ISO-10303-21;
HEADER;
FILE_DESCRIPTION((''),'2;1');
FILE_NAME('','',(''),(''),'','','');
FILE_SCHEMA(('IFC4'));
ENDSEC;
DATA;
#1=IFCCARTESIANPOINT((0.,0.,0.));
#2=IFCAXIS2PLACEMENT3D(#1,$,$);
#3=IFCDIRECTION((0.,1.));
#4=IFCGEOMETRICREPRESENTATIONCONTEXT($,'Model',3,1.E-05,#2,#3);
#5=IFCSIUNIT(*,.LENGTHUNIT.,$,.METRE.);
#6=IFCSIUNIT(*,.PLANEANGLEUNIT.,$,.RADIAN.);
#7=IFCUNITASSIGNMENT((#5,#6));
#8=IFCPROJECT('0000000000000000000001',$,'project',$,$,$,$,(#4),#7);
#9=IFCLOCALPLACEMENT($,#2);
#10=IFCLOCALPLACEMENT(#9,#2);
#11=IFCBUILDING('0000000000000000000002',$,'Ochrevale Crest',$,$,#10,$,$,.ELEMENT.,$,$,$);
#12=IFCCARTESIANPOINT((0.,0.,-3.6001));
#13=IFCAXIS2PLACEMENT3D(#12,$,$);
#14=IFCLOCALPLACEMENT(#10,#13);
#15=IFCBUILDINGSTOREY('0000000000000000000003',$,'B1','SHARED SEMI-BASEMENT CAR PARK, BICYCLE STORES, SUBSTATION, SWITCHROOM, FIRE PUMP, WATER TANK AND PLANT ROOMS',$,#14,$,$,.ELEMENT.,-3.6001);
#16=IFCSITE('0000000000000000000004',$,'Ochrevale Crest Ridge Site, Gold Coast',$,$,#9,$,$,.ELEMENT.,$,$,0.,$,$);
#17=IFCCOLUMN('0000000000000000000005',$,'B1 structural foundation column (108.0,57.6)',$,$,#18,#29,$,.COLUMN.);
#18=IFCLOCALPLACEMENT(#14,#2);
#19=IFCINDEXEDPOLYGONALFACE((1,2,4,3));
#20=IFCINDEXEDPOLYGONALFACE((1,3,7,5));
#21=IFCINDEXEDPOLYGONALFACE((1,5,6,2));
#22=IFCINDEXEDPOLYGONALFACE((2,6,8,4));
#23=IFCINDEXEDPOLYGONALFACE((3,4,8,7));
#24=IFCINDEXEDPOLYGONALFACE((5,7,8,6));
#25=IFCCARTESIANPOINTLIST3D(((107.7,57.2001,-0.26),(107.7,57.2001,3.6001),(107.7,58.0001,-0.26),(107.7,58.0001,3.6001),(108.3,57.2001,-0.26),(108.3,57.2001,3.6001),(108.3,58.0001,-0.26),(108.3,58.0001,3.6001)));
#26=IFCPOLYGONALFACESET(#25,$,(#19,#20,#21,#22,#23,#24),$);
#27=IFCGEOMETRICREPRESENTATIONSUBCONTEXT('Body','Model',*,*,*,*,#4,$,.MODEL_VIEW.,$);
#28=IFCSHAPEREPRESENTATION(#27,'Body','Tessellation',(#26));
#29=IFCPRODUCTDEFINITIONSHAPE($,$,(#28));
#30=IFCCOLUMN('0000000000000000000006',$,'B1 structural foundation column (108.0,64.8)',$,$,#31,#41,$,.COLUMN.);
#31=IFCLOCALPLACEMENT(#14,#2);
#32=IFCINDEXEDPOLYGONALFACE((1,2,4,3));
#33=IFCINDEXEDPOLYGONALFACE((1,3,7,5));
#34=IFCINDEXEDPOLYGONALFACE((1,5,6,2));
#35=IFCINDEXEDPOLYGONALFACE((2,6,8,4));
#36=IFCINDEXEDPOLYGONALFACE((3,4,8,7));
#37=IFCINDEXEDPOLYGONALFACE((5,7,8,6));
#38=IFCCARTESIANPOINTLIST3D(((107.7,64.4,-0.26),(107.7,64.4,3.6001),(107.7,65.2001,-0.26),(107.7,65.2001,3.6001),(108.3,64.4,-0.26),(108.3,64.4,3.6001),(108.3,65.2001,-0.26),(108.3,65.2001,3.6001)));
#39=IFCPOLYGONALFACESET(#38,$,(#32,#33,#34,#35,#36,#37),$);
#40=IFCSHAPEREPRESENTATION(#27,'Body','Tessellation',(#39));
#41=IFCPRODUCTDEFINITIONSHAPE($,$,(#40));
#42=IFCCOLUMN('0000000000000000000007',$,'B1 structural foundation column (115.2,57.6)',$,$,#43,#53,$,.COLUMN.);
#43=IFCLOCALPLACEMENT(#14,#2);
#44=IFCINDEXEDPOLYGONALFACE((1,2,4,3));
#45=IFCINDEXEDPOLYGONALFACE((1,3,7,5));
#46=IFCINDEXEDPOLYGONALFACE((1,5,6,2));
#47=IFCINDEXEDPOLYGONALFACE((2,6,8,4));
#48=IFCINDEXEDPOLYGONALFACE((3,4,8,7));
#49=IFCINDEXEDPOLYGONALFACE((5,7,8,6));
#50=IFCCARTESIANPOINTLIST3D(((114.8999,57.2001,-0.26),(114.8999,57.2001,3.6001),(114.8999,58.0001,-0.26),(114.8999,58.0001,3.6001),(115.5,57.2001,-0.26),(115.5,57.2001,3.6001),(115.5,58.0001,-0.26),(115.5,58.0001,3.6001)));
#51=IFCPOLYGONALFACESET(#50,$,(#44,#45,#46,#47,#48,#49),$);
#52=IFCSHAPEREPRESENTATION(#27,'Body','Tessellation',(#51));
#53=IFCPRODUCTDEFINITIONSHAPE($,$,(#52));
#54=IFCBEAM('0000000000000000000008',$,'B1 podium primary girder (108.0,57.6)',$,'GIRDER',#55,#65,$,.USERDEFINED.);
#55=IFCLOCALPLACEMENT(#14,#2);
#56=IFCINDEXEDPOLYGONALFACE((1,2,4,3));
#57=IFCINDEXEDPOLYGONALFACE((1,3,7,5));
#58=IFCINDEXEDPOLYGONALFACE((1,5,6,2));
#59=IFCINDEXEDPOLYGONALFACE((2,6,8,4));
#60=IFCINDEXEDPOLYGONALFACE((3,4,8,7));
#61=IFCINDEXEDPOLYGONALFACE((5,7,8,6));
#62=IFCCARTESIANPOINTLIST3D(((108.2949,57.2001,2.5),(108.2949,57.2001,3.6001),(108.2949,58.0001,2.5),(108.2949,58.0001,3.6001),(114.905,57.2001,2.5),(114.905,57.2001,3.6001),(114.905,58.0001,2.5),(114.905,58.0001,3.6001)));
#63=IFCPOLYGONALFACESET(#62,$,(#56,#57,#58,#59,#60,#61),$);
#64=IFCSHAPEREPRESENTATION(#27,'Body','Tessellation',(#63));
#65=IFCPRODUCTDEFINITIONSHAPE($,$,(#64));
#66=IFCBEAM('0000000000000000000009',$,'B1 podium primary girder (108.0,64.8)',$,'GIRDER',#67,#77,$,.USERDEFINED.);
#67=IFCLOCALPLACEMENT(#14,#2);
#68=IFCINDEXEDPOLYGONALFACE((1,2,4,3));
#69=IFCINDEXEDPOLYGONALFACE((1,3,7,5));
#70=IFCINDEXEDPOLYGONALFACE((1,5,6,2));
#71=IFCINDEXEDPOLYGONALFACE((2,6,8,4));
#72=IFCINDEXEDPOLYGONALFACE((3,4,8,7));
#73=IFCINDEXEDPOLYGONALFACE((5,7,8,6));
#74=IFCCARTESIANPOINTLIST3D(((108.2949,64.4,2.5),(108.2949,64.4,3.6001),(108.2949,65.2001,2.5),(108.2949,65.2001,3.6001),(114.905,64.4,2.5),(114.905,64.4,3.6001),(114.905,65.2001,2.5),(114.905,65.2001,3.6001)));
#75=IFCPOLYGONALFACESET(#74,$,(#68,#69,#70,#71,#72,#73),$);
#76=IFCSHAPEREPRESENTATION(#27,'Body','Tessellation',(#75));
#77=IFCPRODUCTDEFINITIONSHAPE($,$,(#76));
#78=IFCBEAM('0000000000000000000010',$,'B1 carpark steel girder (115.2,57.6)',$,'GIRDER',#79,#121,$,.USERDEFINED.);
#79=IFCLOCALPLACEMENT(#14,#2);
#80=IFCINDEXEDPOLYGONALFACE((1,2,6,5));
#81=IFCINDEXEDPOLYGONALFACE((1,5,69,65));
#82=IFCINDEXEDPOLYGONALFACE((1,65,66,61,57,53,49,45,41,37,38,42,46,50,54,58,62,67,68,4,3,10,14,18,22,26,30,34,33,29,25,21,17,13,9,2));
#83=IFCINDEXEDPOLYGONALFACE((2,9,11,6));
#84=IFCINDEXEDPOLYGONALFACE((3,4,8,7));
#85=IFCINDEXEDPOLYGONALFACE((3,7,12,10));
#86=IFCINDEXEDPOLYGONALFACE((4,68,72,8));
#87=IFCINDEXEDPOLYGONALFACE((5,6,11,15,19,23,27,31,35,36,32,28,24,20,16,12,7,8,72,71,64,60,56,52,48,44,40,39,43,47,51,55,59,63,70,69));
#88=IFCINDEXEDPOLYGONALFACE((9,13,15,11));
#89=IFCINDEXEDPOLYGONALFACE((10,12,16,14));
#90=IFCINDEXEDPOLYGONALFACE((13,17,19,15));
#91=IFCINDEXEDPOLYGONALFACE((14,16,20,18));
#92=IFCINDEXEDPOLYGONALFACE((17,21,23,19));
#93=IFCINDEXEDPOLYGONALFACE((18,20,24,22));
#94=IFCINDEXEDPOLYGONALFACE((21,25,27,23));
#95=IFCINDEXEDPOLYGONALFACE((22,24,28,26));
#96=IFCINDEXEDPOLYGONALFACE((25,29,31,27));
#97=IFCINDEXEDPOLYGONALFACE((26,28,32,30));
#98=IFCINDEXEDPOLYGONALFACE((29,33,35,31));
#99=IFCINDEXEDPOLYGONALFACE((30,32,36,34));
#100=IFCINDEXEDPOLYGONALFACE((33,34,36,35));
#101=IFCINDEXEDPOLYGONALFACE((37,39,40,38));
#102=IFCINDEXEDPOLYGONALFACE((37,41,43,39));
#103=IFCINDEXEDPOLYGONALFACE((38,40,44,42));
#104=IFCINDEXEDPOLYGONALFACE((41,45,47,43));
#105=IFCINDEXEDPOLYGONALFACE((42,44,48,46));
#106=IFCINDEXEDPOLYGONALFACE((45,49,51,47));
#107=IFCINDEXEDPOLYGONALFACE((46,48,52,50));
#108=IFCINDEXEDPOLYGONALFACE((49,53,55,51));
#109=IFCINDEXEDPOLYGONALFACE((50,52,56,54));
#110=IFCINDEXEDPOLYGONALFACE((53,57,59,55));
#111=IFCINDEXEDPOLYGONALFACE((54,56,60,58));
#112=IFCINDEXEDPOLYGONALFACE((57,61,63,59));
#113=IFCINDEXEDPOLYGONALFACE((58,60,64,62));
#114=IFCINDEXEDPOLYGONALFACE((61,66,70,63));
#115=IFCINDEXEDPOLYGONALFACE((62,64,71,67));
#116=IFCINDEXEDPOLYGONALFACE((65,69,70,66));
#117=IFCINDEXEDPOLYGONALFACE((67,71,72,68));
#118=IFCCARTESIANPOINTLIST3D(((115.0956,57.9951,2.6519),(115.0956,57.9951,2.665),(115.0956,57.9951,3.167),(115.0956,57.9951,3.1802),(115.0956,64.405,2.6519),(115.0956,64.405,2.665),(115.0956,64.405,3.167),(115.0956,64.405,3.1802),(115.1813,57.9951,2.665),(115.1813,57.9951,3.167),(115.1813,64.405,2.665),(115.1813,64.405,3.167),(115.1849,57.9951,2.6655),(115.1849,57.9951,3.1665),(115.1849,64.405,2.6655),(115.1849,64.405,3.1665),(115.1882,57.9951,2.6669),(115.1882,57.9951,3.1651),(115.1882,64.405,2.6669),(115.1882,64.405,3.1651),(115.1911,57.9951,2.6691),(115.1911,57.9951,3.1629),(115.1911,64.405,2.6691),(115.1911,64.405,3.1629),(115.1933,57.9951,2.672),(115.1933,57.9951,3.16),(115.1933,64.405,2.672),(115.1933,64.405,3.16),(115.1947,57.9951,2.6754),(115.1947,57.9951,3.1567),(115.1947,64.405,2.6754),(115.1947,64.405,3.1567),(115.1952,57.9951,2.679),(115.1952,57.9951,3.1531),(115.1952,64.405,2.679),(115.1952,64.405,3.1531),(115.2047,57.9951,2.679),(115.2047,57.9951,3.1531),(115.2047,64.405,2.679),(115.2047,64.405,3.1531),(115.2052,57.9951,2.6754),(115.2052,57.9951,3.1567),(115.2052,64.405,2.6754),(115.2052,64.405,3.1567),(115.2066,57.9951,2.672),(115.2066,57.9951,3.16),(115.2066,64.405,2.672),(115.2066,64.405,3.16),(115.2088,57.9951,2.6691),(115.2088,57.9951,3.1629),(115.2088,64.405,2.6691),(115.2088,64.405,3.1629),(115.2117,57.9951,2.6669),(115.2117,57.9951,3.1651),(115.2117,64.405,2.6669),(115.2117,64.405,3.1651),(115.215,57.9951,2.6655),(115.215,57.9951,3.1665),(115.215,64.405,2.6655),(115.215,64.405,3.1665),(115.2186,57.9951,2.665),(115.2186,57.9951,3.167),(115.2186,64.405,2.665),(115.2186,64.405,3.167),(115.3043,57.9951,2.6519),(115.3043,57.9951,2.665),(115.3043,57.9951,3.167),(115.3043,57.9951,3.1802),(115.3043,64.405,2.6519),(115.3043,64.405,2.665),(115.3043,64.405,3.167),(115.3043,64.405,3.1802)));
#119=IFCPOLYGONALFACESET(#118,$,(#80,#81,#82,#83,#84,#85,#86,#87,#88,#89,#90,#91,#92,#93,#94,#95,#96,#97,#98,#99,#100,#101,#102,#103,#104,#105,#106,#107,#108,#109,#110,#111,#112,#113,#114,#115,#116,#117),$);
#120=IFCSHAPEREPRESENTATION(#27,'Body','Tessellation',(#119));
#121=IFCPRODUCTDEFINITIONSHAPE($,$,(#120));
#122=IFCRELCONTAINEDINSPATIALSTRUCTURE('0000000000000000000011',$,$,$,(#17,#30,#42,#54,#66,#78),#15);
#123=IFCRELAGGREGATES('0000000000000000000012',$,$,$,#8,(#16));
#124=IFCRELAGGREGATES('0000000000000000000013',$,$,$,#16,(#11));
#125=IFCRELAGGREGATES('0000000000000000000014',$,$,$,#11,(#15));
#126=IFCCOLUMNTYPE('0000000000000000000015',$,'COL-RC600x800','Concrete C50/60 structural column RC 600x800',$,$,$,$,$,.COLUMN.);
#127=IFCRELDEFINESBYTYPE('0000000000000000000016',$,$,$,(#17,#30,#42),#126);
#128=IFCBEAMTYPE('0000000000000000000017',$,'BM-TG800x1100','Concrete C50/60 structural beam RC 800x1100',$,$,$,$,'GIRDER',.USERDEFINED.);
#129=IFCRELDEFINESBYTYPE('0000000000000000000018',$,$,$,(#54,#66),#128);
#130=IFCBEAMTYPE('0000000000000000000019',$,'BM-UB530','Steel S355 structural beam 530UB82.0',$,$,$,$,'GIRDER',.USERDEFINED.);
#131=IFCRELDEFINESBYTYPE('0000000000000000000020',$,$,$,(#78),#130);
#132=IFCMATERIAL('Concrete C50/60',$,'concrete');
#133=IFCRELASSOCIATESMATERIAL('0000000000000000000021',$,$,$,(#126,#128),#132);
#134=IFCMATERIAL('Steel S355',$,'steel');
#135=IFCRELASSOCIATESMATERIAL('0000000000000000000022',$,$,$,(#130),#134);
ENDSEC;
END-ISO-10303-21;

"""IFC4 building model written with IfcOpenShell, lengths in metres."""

from ifc_helpers import new_model, si_unit, direction, frame, origin, origin_2d, place, context, subcontext, project, spatial, rectangle, i_section, extrude, material, material_profile, profile_set, type_object, element, save


model = new_model("IFC4")

# Units and contexts
model_context = context("Model", 3, precision=1e-05, world=origin(), true_north=direction((0.0, 1.0)))
body_context = subcontext(model_context, "Body", "Model", "MODEL_VIEW")
ifc_project = project(units=[si_unit("LENGTHUNIT", "METRE"), si_unit("PLANEANGLEUNIT", "RADIAN")], contexts=[model_context])

# Site, building, storey
site_placement = place(None, origin())
site = spatial("IfcSite", under=ifc_project, at=site_placement, Name="Ochrevale Crest Ridge Site, Gold Coast", CompositionType="ELEMENT", RefElevation=0.0)
building_placement = place(site_placement, origin())
building = spatial("IfcBuilding", under=site, at=building_placement, Name="Ochrevale Crest", CompositionType="ELEMENT")
storey_placement = place(building_placement, frame((0.0, 0.0, -3.6001)))
storey = spatial("IfcBuildingStorey", under=building, at=storey_placement, Name="B1", Description="SHARED SEMI-BASEMENT CAR PARK, BICYCLE STORES, SUBSTATION, SWITCHROOM, FIRE PUMP, WATER TANK AND PLANT ROOMS", CompositionType="ELEMENT", Elevation=-3.6001)

# Columns
ifc_material_1 = material(Name="Concrete C50/60", Category="concrete")
ifc_material_profile_1 = material_profile(ifc_material_1, rectangle(XDim=0.6001, YDim=0.8, at=origin_2d()), Name="RC 600x800")
ifc_profile_set_1 = profile_set([ifc_material_profile_1], Name="Concrete C50/60")
column_type = type_object("IfcColumnType", Name="COL-RC600x800", Description="Concrete C50/60 structural column RC 600x800", PredefinedType="COLUMN", material=ifc_profile_set_1)
for number, where, z_axis, x_axis, name in (
    (1, (108.0, 57.6001, -0.26), (0.0, 0.0, 1.0), (1.0, 0.0, 0.0), "B1 structural foundation column (108.0,57.6)"),
    (2, (108.0, 64.8, -0.26), (0.0, 0.0, 1.0), (1.0, 0.0, 0.0), "B1 structural foundation column (108.0,64.8)"),
    (3, (115.2, 57.6001, -0.26), (0.0, 0.0, 1.0), (1.0, 0.0, 0.0), "B1 structural foundation column (115.2,57.6)"),
):
    element("IfcColumn", number, at=place(storey_placement, frame(where, z_axis=z_axis, x_axis=x_axis)), inside=storey, type_object=column_type, Name=name, PredefinedType="COLUMN", context=body_context, shape_type="SweptSolid", body=[
        extrude(rectangle(XDim=0.6001, YDim=0.8, at=origin_2d()), origin(), (0.0, 0.0, 1.0), 3.8601),
    ])

# Beams
ifc_material_profile_2 = material_profile(ifc_material_1, rectangle(XDim=0.8, YDim=1.1001, at=origin_2d()), Name="RC 800x1100")
ifc_profile_set_2 = profile_set([ifc_material_profile_2], Name="Concrete C50/60")
beam_type_1 = type_object("IfcBeamType", Name="BM-TG800x1100", Description="Concrete C50/60 structural beam RC 800x1100", ElementType="GIRDER", PredefinedType="USERDEFINED", material=ifc_profile_set_2)
for number, where, z_axis, x_axis, name in (
    (4, (108.2949, 57.6001, 3.05), (1.0, 0.0, 0.0), (0.0, 1.0, 0.0), "B1 podium primary girder (108.0,57.6)"),
    (5, (108.2949, 64.8, 3.05), (1.0, 0.0, 0.0), (0.0, 1.0, 0.0), "B1 podium primary girder (108.0,64.8)"),
):
    element("IfcBeam", number, at=place(storey_placement, frame(where, z_axis=z_axis, x_axis=x_axis)), inside=storey, type_object=beam_type_1, Name=name, ObjectType="GIRDER", PredefinedType="USERDEFINED", context=body_context, shape_type="SweptSolid", body=[
        extrude(rectangle(XDim=0.8, YDim=1.1001, at=origin_2d()), origin(), (0.0, 0.0, 1.0), 6.6101),
    ])
ifc_material_2 = material(Name="Steel S355", Category="steel")
ifc_material_profile_3 = material_profile(ifc_material_2, i_section(OverallWidth=0.2087, OverallDepth=0.5283, WebThickness=0.0095, FlangeThickness=0.0132, FilletRadius=0.0139, at=origin_2d()), Name="530UB82.0")
ifc_profile_set_3 = profile_set([ifc_material_profile_3], Name="Steel S355")
beam_type_2 = type_object("IfcBeamType", Name="BM-UB530", Description="Steel S355 structural beam 530UB82.0", ElementType="GIRDER", PredefinedType="USERDEFINED", material=ifc_profile_set_3)
beam_placement = place(storey_placement, frame((115.2, 57.9951, 2.916), z_axis=(0.0, 1.0, 0.0), x_axis=(-1.0, 0.0, 0.0)))
element("IfcBeam", 6, at=beam_placement, inside=storey, type_object=beam_type_2, Name="B1 carpark steel girder (115.2,57.6)", ObjectType="GIRDER", PredefinedType="USERDEFINED", context=body_context, shape_type="SweptSolid", body=[
    extrude(i_section(OverallWidth=0.2087, OverallDepth=0.5283, WebThickness=0.0095, FlangeThickness=0.0132, FilletRadius=0.0139, at=origin_2d()), origin(), (0.0, 0.0, 1.0), 6.4099),
])

save(model, "model.ifc")
